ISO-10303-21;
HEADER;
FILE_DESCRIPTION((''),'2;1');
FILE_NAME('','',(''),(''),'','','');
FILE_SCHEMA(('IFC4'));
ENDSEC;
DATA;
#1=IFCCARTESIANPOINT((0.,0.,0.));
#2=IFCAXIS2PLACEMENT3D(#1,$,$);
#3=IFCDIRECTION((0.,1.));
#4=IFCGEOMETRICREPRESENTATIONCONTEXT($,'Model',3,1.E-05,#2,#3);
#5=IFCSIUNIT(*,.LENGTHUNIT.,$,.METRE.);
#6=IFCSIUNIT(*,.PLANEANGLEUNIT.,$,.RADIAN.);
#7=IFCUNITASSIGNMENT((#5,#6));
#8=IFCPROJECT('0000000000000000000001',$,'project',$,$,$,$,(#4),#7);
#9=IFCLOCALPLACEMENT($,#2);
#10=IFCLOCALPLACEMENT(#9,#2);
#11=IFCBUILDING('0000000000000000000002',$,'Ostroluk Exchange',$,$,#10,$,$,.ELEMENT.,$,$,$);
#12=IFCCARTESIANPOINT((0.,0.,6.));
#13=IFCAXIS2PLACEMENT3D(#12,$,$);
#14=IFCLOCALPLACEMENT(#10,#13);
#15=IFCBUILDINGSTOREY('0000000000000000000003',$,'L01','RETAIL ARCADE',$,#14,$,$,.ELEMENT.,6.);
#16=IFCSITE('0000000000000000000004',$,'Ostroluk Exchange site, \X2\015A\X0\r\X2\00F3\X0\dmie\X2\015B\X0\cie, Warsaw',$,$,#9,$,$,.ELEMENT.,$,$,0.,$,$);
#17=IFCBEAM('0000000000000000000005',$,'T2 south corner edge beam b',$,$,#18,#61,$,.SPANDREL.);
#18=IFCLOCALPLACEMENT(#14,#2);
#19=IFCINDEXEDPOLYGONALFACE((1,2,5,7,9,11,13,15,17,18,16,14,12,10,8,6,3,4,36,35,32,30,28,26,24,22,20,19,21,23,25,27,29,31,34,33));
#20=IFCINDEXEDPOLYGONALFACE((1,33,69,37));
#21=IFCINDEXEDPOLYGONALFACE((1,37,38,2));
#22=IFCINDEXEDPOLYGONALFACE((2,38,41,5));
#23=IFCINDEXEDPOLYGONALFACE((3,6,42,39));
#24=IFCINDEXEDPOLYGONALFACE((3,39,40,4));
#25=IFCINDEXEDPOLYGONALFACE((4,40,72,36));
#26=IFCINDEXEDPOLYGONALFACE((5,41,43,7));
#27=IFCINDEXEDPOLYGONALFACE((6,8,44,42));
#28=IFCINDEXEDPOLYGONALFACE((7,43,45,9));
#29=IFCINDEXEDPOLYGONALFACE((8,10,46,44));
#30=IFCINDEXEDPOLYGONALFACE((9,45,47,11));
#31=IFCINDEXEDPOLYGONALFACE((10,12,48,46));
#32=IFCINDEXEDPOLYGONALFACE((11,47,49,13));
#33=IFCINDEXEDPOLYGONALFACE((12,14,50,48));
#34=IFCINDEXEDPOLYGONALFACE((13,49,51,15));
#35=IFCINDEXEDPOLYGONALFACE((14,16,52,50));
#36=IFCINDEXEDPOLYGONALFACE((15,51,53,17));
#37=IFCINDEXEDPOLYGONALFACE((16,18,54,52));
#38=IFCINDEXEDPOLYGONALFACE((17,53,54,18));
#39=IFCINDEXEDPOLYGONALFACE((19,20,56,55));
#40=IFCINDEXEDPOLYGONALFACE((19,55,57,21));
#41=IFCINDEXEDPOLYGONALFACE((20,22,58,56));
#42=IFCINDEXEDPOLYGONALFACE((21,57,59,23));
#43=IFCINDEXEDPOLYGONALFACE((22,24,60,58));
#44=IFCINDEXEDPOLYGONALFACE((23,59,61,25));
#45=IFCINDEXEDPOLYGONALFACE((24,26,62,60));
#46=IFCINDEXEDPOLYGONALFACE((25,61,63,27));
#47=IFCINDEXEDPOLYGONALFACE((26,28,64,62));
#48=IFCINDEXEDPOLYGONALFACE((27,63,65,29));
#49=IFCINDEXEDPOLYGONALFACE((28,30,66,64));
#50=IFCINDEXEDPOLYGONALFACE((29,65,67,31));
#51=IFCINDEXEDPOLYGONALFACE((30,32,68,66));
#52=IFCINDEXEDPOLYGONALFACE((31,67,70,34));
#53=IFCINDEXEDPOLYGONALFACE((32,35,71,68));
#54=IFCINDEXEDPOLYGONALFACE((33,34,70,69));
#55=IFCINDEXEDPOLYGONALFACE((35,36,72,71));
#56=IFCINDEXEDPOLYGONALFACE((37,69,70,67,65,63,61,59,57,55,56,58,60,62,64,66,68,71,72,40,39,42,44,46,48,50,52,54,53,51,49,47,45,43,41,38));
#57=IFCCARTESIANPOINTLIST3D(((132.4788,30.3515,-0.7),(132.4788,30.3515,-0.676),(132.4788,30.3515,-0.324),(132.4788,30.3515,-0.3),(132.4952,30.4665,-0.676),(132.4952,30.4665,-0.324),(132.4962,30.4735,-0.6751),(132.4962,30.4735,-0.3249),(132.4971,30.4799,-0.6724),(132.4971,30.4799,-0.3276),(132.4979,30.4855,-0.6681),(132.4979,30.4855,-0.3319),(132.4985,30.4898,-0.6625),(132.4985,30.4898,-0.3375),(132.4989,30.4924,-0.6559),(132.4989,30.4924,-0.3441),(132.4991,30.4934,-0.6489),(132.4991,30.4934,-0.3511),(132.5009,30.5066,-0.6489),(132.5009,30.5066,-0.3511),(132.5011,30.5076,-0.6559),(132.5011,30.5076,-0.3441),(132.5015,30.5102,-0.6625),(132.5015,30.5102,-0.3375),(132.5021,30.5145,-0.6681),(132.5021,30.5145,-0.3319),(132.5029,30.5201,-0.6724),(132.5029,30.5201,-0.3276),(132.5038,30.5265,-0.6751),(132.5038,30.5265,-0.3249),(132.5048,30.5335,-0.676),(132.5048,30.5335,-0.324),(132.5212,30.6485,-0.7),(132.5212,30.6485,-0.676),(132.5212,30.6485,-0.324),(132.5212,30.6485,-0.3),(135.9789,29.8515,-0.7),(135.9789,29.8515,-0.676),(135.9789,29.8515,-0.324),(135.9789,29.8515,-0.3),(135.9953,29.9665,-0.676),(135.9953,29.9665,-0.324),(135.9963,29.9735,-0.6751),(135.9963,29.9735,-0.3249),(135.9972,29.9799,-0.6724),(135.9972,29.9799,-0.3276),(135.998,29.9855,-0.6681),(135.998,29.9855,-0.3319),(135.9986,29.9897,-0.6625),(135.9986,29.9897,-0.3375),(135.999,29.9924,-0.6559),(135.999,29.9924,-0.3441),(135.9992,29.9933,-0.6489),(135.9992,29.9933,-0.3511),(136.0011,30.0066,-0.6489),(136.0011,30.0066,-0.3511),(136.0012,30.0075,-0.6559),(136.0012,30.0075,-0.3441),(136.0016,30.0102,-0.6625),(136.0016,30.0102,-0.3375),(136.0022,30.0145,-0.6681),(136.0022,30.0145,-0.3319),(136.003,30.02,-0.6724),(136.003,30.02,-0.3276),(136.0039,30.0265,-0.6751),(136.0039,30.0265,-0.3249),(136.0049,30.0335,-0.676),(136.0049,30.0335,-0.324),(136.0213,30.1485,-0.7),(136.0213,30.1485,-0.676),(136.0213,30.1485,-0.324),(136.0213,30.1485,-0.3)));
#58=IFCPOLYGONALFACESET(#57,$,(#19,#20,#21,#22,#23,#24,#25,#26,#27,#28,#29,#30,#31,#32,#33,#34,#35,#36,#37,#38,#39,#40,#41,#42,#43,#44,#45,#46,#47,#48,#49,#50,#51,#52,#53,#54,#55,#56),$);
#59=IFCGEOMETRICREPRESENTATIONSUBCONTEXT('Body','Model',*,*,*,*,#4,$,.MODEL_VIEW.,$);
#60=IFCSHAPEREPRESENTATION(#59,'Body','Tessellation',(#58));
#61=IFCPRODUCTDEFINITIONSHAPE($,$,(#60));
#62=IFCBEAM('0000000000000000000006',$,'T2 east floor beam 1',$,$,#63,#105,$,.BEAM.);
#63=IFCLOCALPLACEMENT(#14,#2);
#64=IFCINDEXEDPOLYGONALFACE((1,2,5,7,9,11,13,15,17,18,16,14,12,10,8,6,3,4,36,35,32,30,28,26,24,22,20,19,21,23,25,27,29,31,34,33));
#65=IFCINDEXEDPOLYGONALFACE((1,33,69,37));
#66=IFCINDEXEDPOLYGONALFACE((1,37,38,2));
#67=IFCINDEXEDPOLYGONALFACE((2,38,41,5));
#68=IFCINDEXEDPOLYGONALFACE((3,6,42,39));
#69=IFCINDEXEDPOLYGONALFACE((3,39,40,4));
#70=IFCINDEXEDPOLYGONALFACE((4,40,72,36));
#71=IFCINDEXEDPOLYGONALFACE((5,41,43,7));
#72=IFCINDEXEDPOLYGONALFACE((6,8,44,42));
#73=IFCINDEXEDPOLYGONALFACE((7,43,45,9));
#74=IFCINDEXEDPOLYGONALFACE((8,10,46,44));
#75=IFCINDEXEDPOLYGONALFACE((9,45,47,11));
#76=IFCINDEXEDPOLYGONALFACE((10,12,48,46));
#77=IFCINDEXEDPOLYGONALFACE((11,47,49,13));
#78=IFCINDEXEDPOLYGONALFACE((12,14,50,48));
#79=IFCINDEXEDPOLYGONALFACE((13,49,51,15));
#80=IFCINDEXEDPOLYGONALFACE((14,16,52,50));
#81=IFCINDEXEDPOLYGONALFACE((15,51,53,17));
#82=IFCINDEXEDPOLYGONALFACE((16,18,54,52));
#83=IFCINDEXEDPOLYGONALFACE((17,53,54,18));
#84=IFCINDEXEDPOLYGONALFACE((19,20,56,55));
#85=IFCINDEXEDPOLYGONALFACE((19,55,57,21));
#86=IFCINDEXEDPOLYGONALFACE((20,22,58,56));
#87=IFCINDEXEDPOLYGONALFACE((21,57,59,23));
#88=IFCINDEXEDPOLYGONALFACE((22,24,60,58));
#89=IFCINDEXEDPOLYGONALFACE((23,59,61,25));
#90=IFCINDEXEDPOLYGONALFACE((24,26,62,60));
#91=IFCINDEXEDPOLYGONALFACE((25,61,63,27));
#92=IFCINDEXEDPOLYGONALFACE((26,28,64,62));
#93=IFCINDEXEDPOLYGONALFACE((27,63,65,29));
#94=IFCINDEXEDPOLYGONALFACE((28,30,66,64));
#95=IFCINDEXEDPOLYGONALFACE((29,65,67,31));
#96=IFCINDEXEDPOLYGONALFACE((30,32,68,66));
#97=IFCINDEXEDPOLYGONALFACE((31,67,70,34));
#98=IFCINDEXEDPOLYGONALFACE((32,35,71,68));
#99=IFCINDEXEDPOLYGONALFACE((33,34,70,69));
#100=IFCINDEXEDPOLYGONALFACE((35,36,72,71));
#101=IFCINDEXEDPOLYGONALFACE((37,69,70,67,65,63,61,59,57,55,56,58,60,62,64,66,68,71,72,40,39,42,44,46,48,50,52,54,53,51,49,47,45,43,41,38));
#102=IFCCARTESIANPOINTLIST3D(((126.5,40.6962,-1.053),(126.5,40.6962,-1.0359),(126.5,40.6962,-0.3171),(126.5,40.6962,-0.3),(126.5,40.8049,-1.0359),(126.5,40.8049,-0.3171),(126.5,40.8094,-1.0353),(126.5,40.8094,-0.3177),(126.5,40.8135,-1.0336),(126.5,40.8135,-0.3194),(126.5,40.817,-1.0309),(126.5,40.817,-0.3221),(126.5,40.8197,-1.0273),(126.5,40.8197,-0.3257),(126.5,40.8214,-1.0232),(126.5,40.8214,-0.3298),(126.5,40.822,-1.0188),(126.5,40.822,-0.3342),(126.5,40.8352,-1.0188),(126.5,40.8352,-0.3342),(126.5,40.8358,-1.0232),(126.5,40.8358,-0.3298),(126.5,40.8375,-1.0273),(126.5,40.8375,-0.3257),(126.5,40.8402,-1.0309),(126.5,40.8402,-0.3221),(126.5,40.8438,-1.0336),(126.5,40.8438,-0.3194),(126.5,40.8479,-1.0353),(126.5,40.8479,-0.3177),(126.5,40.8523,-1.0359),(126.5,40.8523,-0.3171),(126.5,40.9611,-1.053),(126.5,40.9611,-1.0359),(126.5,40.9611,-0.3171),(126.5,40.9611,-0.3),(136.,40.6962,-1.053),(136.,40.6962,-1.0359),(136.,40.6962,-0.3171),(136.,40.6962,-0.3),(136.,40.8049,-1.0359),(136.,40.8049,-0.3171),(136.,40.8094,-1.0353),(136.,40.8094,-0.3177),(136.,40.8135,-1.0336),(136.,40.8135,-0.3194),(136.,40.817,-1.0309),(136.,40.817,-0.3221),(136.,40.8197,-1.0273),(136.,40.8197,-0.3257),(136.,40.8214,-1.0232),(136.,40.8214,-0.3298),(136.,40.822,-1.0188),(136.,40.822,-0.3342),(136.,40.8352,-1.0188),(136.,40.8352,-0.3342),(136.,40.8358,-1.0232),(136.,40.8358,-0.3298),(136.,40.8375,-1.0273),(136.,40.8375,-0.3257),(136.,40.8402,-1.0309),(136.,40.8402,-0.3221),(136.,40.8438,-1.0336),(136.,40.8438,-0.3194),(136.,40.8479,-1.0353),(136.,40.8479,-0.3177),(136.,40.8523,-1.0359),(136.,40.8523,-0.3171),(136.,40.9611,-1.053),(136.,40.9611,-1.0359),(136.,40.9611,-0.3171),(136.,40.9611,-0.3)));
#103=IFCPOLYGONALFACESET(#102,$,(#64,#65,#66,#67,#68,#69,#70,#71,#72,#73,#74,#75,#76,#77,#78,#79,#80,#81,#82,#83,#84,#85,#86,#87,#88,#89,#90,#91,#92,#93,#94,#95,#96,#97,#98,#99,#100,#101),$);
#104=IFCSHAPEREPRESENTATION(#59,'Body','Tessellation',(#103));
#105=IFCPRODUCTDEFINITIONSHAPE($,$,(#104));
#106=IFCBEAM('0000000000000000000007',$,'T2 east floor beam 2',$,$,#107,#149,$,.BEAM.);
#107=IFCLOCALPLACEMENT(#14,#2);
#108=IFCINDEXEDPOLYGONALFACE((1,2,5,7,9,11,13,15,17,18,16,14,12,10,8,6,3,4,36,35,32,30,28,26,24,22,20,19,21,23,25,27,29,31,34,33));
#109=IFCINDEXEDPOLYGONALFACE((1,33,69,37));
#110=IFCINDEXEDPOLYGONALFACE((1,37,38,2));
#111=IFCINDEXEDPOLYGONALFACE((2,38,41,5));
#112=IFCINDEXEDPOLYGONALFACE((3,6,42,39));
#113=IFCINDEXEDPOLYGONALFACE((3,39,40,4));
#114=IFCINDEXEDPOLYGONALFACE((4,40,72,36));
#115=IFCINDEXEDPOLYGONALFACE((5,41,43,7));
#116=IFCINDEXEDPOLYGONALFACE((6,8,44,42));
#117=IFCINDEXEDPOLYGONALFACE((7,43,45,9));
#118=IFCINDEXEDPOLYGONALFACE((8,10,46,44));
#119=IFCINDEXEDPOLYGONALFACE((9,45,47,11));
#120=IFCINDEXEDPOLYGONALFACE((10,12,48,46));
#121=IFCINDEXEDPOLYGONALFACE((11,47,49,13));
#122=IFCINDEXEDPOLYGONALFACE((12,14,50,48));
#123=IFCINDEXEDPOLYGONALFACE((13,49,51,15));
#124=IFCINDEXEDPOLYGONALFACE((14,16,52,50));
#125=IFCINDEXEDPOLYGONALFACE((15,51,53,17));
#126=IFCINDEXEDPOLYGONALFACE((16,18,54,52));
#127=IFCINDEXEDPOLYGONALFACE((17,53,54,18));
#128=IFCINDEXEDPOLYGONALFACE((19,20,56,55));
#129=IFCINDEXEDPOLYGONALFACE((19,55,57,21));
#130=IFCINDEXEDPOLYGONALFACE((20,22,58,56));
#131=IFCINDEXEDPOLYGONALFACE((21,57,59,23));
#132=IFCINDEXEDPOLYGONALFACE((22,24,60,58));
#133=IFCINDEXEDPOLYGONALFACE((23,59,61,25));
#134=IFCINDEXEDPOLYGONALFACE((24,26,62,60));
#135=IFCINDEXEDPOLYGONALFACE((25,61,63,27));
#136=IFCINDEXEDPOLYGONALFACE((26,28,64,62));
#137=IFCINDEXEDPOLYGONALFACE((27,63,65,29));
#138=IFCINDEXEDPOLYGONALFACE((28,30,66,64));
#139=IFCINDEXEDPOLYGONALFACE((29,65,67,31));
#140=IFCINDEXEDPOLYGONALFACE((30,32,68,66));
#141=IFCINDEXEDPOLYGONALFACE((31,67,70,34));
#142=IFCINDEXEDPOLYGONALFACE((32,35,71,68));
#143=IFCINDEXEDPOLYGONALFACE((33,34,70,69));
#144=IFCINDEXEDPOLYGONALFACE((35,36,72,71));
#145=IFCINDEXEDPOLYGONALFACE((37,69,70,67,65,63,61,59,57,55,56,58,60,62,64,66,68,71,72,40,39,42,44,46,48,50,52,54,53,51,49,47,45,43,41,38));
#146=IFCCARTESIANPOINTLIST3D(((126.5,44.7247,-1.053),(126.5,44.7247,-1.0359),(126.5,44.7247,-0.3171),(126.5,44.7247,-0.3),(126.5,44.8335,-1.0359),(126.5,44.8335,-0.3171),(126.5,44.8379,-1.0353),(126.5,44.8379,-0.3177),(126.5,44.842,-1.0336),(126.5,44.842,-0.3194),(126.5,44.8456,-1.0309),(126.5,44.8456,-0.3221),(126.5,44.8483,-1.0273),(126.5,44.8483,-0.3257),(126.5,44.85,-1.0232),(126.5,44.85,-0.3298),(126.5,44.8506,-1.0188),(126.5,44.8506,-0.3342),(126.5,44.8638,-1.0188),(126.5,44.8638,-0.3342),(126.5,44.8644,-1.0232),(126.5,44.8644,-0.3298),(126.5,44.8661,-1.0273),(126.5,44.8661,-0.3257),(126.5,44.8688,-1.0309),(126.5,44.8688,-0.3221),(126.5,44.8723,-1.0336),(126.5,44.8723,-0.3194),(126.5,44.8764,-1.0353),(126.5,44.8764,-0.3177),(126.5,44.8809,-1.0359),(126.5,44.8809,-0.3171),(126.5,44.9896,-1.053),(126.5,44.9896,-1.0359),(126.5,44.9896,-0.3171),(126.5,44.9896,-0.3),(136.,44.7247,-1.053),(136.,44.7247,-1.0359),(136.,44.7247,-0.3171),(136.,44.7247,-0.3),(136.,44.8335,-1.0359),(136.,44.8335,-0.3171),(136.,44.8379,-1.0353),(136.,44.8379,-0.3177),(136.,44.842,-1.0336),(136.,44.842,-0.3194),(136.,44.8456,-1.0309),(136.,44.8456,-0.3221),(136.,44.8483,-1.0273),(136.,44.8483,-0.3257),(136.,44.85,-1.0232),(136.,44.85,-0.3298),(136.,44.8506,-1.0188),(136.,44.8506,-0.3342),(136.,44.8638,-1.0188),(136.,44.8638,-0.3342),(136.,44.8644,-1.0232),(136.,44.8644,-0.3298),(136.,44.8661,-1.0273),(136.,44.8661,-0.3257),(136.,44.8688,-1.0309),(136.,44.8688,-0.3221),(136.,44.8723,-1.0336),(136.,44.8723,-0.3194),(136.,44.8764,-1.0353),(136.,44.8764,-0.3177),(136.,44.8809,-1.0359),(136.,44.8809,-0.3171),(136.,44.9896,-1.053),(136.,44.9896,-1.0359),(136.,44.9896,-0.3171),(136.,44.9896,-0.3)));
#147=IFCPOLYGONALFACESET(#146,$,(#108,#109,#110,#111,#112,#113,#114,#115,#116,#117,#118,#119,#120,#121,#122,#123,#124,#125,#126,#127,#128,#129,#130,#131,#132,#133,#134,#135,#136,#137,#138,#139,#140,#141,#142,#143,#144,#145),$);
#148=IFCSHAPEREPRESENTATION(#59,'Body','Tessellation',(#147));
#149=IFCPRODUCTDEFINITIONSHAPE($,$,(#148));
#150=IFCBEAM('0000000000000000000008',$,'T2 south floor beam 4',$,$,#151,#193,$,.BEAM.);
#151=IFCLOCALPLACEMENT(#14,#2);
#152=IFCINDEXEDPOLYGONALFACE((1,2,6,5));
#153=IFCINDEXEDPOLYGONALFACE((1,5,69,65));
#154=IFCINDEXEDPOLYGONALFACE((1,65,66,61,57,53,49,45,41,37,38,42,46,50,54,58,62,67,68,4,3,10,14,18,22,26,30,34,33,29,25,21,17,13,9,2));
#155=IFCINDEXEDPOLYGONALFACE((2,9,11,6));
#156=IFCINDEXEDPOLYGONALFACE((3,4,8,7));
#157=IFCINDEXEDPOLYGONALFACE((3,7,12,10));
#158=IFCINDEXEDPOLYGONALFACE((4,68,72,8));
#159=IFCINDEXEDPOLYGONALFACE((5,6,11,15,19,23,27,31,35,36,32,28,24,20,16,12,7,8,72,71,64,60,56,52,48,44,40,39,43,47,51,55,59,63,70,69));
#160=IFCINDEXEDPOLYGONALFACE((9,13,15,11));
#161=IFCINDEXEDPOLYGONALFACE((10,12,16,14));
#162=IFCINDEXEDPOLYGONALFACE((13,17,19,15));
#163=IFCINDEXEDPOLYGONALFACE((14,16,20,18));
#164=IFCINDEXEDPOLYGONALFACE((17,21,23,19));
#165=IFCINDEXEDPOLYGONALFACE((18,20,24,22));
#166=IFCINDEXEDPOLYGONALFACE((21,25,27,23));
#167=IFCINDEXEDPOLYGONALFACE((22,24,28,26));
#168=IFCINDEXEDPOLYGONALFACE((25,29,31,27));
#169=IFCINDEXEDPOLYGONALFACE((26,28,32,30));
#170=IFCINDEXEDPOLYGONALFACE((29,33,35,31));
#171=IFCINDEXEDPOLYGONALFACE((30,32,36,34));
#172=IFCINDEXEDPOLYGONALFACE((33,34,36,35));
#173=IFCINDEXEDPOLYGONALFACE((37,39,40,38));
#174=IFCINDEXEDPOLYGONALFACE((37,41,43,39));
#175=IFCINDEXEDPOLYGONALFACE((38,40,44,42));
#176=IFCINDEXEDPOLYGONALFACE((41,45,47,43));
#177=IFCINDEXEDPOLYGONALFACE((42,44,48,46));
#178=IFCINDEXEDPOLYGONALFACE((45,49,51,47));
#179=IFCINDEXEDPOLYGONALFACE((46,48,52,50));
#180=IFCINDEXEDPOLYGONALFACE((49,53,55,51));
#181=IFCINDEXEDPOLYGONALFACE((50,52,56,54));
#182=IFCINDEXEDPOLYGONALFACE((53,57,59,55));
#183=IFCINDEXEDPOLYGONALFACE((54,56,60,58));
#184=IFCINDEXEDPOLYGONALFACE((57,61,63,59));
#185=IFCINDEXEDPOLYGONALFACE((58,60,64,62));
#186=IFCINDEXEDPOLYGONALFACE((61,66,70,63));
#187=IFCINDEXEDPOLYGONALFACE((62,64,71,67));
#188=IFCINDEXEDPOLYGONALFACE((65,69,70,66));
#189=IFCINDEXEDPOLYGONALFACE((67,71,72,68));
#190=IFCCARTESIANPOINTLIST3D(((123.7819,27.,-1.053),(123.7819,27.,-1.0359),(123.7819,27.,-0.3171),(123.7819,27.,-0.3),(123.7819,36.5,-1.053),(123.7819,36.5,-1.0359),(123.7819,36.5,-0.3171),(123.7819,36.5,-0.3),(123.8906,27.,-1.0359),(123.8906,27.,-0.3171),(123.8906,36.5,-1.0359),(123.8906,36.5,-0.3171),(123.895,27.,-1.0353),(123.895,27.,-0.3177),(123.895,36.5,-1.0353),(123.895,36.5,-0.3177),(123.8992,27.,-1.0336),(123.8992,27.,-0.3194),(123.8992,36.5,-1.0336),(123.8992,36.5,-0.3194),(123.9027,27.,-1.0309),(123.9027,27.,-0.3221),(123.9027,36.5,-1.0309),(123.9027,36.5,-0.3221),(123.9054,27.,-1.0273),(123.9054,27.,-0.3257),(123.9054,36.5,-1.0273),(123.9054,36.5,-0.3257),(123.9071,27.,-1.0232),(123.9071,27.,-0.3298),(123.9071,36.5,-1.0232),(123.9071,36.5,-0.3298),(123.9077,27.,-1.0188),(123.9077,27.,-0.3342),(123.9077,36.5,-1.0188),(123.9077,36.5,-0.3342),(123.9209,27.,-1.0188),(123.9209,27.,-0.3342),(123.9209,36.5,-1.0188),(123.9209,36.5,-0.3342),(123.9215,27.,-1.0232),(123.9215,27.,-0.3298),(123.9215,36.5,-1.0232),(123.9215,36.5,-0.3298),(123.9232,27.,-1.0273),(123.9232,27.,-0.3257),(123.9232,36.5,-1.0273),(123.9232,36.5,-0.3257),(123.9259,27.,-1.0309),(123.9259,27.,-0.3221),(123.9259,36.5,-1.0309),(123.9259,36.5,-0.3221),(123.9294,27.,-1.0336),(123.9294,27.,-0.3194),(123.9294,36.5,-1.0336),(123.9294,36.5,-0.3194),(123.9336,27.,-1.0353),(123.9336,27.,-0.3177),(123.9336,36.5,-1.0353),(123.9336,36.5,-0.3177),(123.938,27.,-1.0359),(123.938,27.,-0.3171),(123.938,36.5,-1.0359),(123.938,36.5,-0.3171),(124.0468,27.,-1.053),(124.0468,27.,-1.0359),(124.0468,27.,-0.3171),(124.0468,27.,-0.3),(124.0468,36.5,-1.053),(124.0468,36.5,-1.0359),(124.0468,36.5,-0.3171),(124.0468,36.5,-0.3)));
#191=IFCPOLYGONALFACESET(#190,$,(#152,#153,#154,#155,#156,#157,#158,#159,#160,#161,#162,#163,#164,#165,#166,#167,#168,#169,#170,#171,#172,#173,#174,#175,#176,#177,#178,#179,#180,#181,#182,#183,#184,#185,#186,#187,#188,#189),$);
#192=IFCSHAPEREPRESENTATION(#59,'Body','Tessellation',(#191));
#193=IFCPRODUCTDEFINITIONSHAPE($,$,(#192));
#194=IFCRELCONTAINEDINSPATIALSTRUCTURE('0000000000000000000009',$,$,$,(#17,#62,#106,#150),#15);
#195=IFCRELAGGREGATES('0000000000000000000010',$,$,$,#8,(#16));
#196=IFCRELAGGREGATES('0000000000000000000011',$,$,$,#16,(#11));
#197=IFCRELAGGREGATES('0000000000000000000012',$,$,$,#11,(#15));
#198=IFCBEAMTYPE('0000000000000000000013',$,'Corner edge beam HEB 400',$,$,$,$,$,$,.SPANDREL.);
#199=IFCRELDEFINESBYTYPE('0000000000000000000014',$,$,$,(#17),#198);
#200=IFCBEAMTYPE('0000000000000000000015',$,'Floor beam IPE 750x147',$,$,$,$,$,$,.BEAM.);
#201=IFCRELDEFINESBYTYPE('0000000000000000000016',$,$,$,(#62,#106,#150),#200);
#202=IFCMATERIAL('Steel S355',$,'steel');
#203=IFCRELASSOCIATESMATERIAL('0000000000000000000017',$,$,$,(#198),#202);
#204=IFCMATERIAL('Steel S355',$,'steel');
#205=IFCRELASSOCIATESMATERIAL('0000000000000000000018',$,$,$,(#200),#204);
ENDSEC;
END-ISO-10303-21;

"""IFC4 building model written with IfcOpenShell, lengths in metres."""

from ifc_helpers import new_model, si_unit, direction, frame, origin, origin_2d, place, context, subcontext, project, spatial, i_section, extrude, material, material_profile, profile_set, type_object, element, save


model = new_model("IFC4")

# Units and contexts
model_context = context("Model", 3, precision=1e-05, world=origin(), true_north=direction((0.0, 1.0)))
body_context = subcontext(model_context, "Body", "Model", "MODEL_VIEW")
ifc_project = project(units=[si_unit("LENGTHUNIT", "METRE"), si_unit("PLANEANGLEUNIT", "RADIAN")], contexts=[model_context])

# Site, building, storey
site_placement = place(None, origin())
site = spatial("IfcSite", under=ifc_project, at=site_placement, Name="Ostroluk Exchange site, Śródmieście, Warsaw", CompositionType="ELEMENT", RefElevation=0.0)
building_placement = place(site_placement, origin())
building = spatial("IfcBuilding", under=site, at=building_placement, Name="Ostroluk Exchange", CompositionType="ELEMENT")
storey_placement = place(building_placement, frame((0.0, 0.0, 6.0)))
storey = spatial("IfcBuildingStorey", under=building, at=storey_placement, Name="L01", Description="RETAIL ARCADE", CompositionType="ELEMENT", Elevation=6.0)

# Beams
ifc_material_1 = material(Name="Steel S355", Category="steel")
ifc_material_profile_1 = material_profile(ifc_material_1, i_section(OverallWidth=0.3, OverallDepth=0.3999, WebThickness=0.0134, FlangeThickness=0.0239, FilletRadius=0.0271, at=origin_2d()), Name="HEB 400")
ifc_profile_set_1 = profile_set([ifc_material_profile_1], Name="Steel S355")
beam_type_1 = type_object("IfcBeamType", Name="Corner edge beam HEB 400", PredefinedType="SPANDREL", material=ifc_profile_set_1)
for number, where, z_axis, x_axis, name in (
    (1, (132.5, 30.5, -0.5), (0.989949, -0.141421, 0.0), (0.141421, 0.989949, 0.0), "T2 south corner edge beam b"),
):
    element("IfcBeam", number, at=place(storey_placement, frame(where, z_axis=z_axis, x_axis=x_axis)), inside=storey, type_object=beam_type_1, Name=name, PredefinedType="SPANDREL", context=body_context, shape_type="SweptSolid", body=[
        extrude(i_section(OverallWidth=0.3, OverallDepth=0.3999, WebThickness=0.0134, FlangeThickness=0.0239, FilletRadius=0.0271, at=origin_2d()), origin(), (0.0, 0.0, 1.0), 3.5356),
    ])
ifc_material_2 = material(Name="Steel S355", Category="steel")
ifc_material_profile_2 = material_profile(ifc_material_2, i_section(OverallWidth=0.2649, OverallDepth=0.7529, WebThickness=0.0132, FlangeThickness=0.0171, FilletRadius=0.0171, at=origin_2d()), Name="IPE 750x147")
ifc_profile_set_2 = profile_set([ifc_material_profile_2], Name="Steel S355")
beam_type_2 = type_object("IfcBeamType", Name="Floor beam IPE 750x147", PredefinedType="BEAM", material=ifc_profile_set_2)
for number, where, z_axis, x_axis, name in (
    (2, (126.5, 40.8286, -0.6765), (1.0, 0.0, 0.0), (0.0, 1.0, 0.0), "T2 east floor beam 1"),
    (3, (126.5, 44.8572, -0.6765), (1.0, 0.0, 0.0), (0.0, 1.0, 0.0), "T2 east floor beam 2"),
    (4, (123.9143, 36.5, -0.6765), (0.0, -1.0, 0.0), (1.0, 0.0, 0.0), "T2 south floor beam 4"),
):
    element("IfcBeam", number, at=place(storey_placement, frame(where, z_axis=z_axis, x_axis=x_axis)), inside=storey, type_object=beam_type_2, Name=name, PredefinedType="BEAM", context=body_context, shape_type="SweptSolid", body=[
        extrude(i_section(OverallWidth=0.2649, OverallDepth=0.7529, WebThickness=0.0132, FlangeThickness=0.0171, FilletRadius=0.0171, at=origin_2d()), origin(), (0.0, 0.0, 1.0), 9.5),
    ])

save(model, "model.ifc")
